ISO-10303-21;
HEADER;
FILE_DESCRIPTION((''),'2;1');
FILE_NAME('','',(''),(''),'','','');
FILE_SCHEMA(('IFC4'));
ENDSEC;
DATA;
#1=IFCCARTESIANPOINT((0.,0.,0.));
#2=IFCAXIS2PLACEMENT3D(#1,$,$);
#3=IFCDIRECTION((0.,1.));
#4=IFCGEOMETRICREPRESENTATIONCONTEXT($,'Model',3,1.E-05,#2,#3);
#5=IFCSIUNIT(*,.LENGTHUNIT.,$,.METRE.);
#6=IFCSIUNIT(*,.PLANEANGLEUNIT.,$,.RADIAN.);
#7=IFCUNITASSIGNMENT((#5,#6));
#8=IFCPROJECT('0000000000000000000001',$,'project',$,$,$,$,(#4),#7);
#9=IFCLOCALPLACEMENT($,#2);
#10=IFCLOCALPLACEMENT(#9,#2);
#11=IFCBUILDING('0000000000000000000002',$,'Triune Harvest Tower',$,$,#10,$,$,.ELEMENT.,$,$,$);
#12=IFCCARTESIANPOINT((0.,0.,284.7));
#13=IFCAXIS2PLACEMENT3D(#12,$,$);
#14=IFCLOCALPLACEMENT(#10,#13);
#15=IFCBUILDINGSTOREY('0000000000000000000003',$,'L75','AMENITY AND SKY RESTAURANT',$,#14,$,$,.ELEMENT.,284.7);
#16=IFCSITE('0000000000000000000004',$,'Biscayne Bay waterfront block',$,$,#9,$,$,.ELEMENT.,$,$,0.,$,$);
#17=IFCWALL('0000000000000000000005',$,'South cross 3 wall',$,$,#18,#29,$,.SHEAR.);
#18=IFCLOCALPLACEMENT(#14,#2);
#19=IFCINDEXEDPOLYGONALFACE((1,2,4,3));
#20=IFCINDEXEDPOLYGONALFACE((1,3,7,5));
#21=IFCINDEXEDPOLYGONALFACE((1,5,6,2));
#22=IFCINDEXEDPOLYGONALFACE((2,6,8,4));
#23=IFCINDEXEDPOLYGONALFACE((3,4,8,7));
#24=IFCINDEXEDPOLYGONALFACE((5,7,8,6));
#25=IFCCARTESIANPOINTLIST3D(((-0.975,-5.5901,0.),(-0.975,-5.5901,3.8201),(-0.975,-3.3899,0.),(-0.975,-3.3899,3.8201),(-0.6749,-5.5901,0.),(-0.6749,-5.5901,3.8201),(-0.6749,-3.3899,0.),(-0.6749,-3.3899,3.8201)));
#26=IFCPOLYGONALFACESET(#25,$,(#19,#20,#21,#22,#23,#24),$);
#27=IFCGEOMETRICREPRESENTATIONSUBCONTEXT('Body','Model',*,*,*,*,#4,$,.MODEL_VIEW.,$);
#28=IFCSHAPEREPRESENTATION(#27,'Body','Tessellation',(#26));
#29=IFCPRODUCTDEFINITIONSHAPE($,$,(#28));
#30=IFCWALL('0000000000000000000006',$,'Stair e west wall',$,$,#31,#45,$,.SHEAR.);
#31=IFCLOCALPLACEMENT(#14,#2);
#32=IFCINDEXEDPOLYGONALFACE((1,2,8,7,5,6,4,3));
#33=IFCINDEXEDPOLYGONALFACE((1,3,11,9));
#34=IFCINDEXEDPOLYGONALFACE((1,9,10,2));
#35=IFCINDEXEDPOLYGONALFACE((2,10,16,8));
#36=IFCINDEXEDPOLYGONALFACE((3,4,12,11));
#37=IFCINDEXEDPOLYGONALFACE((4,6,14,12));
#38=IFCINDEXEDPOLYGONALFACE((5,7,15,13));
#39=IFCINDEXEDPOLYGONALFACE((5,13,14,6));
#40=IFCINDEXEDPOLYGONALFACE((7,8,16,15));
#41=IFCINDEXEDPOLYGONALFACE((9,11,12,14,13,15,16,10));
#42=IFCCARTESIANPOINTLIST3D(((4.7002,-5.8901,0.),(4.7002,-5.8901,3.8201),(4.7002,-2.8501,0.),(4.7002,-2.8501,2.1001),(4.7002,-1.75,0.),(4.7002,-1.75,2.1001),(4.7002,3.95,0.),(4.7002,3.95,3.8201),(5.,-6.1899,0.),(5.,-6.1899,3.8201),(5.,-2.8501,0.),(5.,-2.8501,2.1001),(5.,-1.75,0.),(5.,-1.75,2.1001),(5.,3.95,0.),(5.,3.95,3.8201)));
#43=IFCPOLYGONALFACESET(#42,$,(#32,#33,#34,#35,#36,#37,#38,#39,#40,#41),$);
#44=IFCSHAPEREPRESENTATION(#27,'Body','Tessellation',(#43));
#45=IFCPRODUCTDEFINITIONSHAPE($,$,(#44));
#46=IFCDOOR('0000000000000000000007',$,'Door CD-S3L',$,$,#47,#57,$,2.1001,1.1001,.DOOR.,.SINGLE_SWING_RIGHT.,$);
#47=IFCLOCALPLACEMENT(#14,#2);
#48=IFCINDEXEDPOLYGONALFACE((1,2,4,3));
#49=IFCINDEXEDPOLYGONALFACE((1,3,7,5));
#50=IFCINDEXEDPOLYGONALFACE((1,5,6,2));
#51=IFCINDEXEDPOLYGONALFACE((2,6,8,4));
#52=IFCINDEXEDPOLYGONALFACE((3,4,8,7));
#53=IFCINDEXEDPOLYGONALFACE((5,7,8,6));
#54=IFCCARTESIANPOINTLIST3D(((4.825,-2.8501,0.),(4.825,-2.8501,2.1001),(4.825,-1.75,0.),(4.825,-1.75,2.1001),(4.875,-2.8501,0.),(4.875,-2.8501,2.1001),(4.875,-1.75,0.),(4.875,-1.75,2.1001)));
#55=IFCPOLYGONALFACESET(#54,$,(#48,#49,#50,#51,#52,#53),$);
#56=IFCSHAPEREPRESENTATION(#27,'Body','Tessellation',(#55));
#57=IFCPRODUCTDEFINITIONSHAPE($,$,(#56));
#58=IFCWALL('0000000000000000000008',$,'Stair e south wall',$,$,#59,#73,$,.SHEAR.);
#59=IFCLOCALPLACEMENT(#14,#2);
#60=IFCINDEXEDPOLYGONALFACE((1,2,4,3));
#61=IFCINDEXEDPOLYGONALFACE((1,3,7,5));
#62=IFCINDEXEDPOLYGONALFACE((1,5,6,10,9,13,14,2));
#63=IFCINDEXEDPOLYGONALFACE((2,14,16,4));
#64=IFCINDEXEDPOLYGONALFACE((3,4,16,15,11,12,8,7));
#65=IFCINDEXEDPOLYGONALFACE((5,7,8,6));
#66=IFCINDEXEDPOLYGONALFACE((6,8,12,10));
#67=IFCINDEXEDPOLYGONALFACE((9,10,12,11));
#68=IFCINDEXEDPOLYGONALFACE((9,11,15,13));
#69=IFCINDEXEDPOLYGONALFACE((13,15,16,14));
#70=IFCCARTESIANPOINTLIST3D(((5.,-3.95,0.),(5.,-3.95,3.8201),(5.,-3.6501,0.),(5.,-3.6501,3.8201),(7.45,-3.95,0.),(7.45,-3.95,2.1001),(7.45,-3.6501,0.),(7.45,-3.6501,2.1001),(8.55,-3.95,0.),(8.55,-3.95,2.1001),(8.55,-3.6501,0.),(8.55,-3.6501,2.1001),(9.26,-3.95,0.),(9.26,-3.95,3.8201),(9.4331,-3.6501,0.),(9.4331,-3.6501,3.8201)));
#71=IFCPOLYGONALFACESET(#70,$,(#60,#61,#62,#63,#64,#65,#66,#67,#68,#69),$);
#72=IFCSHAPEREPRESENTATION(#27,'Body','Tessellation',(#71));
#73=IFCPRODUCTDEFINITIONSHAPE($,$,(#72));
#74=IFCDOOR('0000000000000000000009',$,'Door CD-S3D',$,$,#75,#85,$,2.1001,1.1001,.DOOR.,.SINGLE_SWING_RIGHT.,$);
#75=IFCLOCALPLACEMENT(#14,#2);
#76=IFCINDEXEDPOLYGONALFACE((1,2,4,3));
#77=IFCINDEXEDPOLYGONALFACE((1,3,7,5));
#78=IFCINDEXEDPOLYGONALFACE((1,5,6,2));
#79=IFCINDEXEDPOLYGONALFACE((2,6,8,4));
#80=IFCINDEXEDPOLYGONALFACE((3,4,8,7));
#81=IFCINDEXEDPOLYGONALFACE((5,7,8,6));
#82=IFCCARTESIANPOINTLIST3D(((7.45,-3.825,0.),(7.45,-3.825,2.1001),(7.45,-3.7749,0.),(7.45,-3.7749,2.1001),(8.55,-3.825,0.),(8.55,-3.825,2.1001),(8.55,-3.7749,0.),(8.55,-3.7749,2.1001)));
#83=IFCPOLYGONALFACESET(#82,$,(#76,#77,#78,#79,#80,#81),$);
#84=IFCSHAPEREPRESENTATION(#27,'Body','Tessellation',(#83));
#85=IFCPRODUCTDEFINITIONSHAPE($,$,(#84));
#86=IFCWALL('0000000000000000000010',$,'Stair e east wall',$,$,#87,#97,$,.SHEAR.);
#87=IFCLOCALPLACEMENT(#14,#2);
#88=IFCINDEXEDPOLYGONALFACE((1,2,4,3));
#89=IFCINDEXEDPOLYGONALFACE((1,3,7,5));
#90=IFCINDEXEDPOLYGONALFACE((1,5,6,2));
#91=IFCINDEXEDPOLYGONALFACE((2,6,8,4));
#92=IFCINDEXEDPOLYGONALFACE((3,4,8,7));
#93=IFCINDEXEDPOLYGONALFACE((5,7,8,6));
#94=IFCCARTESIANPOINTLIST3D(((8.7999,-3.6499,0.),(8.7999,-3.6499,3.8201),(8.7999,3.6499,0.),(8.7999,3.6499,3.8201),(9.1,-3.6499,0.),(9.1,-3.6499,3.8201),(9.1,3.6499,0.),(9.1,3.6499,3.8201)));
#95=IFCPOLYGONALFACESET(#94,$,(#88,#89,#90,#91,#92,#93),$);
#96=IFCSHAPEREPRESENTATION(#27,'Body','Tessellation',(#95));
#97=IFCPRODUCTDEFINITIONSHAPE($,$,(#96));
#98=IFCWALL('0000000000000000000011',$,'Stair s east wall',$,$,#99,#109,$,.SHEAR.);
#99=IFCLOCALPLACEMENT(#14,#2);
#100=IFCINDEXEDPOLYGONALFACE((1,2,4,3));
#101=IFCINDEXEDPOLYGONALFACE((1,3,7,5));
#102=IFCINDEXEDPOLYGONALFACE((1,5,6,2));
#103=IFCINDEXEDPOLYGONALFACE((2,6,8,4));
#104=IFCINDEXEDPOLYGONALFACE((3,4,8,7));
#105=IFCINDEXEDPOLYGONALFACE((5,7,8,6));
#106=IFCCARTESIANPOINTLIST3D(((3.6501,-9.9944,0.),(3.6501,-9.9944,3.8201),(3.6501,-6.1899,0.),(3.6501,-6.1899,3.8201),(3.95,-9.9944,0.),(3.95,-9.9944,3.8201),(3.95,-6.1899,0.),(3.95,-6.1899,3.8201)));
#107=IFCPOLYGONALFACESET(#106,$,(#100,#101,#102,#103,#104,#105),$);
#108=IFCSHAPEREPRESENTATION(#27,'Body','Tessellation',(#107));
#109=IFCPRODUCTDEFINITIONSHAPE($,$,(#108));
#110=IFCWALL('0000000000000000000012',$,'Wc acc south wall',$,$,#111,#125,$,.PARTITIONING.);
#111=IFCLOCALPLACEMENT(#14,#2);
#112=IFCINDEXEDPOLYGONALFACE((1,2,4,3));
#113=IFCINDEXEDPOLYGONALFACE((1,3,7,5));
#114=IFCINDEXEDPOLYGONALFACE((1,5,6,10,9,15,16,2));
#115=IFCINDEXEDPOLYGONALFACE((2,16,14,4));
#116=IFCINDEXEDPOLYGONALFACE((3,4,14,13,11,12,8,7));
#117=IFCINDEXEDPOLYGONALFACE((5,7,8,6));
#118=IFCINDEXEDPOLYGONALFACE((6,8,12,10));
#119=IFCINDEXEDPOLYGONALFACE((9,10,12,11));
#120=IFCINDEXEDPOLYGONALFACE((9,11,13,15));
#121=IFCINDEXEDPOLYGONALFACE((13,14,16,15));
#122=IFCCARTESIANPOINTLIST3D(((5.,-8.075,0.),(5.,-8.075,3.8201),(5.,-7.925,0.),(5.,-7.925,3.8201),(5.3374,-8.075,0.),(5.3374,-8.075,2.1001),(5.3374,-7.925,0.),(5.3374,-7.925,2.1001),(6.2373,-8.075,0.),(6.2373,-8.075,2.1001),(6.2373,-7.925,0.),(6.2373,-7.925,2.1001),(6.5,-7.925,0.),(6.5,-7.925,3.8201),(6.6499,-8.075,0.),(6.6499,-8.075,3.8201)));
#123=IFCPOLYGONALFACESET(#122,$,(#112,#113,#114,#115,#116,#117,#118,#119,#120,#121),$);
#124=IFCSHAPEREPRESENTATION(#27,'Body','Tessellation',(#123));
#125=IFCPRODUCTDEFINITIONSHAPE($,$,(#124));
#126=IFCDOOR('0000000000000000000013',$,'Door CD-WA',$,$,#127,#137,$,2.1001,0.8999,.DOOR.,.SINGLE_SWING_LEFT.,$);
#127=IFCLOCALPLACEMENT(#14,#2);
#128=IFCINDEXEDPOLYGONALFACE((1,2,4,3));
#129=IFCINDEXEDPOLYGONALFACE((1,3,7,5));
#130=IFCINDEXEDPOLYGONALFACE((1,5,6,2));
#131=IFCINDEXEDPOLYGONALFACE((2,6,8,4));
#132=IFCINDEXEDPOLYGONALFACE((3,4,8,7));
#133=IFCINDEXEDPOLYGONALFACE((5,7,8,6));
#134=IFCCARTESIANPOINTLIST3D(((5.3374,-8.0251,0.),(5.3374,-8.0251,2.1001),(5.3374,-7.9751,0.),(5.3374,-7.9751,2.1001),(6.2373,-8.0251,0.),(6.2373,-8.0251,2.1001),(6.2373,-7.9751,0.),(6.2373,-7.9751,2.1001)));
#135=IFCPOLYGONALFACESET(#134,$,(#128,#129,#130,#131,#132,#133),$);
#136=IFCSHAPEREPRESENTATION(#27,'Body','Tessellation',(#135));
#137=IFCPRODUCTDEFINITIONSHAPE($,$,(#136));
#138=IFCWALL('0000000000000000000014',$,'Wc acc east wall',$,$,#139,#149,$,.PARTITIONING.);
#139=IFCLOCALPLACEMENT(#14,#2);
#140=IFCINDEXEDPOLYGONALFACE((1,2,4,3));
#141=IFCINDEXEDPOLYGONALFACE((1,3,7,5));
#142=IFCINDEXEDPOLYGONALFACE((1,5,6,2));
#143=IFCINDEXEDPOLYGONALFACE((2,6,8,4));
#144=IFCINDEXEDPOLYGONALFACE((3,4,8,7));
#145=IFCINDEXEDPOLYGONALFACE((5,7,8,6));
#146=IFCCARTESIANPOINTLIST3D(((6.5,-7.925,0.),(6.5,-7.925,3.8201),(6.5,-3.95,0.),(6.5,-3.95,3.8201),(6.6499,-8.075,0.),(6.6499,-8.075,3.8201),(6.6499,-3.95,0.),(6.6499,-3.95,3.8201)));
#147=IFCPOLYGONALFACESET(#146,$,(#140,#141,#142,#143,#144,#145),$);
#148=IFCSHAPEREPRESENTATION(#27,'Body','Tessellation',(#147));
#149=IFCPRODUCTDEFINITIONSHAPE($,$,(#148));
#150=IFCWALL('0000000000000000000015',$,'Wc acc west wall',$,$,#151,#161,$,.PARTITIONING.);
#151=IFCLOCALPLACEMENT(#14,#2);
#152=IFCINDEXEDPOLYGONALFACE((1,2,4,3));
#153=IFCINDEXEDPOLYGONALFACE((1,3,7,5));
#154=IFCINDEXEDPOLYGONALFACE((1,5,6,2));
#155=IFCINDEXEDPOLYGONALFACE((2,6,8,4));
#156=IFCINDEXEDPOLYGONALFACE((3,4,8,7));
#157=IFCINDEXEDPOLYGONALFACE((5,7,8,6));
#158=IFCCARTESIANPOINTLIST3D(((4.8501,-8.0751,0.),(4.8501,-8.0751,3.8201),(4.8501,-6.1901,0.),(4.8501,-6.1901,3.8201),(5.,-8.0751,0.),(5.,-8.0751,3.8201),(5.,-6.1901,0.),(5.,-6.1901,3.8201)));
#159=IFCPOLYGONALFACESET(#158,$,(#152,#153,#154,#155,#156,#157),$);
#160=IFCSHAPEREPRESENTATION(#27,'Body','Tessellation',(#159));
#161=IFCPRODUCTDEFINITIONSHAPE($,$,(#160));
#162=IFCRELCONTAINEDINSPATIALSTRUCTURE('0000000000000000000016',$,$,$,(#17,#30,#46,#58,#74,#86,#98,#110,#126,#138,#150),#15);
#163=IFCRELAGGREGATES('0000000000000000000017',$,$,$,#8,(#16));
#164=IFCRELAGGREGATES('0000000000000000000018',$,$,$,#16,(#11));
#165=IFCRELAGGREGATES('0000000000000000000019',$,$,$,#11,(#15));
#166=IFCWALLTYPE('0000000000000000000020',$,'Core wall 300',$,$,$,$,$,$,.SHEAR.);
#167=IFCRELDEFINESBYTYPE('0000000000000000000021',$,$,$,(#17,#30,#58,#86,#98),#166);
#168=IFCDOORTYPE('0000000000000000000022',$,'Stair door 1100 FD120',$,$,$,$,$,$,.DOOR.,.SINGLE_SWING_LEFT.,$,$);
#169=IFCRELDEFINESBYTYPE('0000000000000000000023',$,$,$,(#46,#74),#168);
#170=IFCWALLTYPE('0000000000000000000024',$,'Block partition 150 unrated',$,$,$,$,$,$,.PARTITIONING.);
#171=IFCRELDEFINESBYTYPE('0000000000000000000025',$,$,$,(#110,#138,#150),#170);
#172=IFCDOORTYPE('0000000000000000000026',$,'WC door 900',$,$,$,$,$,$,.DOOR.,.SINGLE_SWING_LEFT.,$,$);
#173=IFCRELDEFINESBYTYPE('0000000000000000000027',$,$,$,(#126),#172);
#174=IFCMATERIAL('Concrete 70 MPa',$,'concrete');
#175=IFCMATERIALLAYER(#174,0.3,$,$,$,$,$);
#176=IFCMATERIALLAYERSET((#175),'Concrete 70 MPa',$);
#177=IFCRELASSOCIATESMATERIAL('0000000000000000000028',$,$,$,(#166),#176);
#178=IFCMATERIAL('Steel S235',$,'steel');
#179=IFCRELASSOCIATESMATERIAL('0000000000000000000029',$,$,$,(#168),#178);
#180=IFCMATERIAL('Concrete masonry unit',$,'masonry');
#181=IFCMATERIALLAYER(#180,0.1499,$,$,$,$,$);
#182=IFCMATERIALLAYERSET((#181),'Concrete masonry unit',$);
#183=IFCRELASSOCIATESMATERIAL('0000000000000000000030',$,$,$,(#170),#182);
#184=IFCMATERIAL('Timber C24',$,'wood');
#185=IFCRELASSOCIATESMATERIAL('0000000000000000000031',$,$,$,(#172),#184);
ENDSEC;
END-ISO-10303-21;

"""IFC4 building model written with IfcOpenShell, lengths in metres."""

from ifc_helpers import new_model, si_unit, direction, frame, frame_2d, origin, place, context, subcontext, project, spatial, polyline, rectangle, outline, extrude, source, transform, mapped, material, layer, layer_set, type_object, element, fill, save


model = new_model("IFC4")

# Units and contexts
model_context = context("Model", 3, precision=1e-05, world=origin(), true_north=direction((0.0, 1.0)))
body_context = subcontext(model_context, "Body", "Model", "MODEL_VIEW")
ifc_project = project(units=[si_unit("LENGTHUNIT", "METRE"), si_unit("PLANEANGLEUNIT", "RADIAN")], contexts=[model_context])

# Site, building, storey
site_placement = place(None, origin())
site = spatial("IfcSite", under=ifc_project, at=site_placement, Name="Biscayne Bay waterfront block", CompositionType="ELEMENT", RefElevation=0.0)
building_placement = place(site_placement, origin())
building = spatial("IfcBuilding", under=site, at=building_placement, Name="Triune Harvest Tower", CompositionType="ELEMENT")
storey_placement = place(building_placement, frame((0.0, 0.0, 284.7)))
storey = spatial("IfcBuildingStorey", under=building, at=storey_placement, Name="L75", Description="AMENITY AND SKY RESTAURANT", CompositionType="ELEMENT", Elevation=284.7)

# Shared definitions
ifc_material_1 = material(Name="Concrete 70 MPa", Category="concrete")
ifc_layer_1 = layer(ifc_material_1, 0.3)
ifc_layer_set_1 = layer_set([ifc_layer_1], Name="Concrete 70 MPa")
wall_type_1 = type_object("IfcWallType", Name="Core wall 300", PredefinedType="SHEAR", material=ifc_layer_set_1)

# Wall
shared_shape_1 = source(origin(), body_context, "Body", "SweptSolid", [
    extrude(rectangle(XDim=2.2002, YDim=0.3, at=frame_2d((1.1001, 0.0))), origin(), (0.0, 0.0, 1.0), 3.8201),
])
for number, where, z_axis, x_axis, name in (
    (1, (-0.825, -5.5901, 0.0), (0.0, 0.0, 1.0), (0.0, 1.0, 0.0), "South cross 3 wall"),
):
    element("IfcWall", number, at=place(storey_placement, frame(where, z_axis=z_axis, x_axis=x_axis)), inside=storey, type_object=wall_type_1, Name=name, PredefinedType="SHEAR", context=body_context, shape_type="MappedRepresentation", body=[
        mapped(shared_shape_1, transform((0.0, 0.0, 0.0), scale=1.0)),
    ])

# Walls, openings, doors
shared_shape_2 = source(origin(), body_context, "Body", "SweptSolid", [
    extrude(outline(polyline([(-0.1499, -0.1499), (9.99, -0.1499), (9.99, 0.1499), (0.1499, 0.1499), (-0.1499, -0.1499)])), origin(), (0.0, 0.0, 1.0), 3.8201),
])
wall_1_placement = place(storey_placement, frame((4.8501, -6.04, 0.0), z_axis=(0.0, 0.0, 1.0), x_axis=(0.0, 1.0, 0.0)))
wall_1 = element("IfcWall", 2, at=wall_1_placement, inside=storey, type_object=wall_type_1, Name="Stair e west wall", PredefinedType="SHEAR", context=body_context, shape_type="MappedRepresentation", body=[
    mapped(shared_shape_2, transform((0.0, 0.0, 0.0), scale=1.0)),
])
opening_1_placement = place(wall_1_placement, frame((3.1899, 0.0, 0.0)))
opening_1 = element("IfcOpeningElement", 3, at=opening_1_placement, cuts=wall_1, PredefinedType="OPENING", context=body_context, shape_type="SweptSolid", body=[
    extrude(rectangle(XDim=1.1001, YDim=2.1001, at=frame_2d((0.55, 1.05))), frame((0.0, 0.1602, 0.0), z_axis=(0.0, -1.0, 0.0), x_axis=(1.0, 0.0, 0.0)), (0.0, 0.0, 1.0), 0.3201),
])
ifc_material_2 = material(Name="Steel S235", Category="steel")
door_type_1 = type_object("IfcDoorType", Name="Stair door 1100 FD120", OperationType="SINGLE_SWING_LEFT", PredefinedType="DOOR", material=ifc_material_2)
door_1_placement = place(opening_1_placement, frame((1.1001, 0.0, 0.0), z_axis=(0.0, 0.0, 1.0), x_axis=(-1.0, 0.0, 0.0)))
door_1 = element("IfcDoor", 4, at=door_1_placement, inside=storey, type_object=door_type_1, Name="Door CD-S3L", OperationType="SINGLE_SWING_RIGHT", OverallHeight=2.1001, OverallWidth=1.1001, PredefinedType="DOOR", context=body_context, shape_type="SweptSolid", body=[
    extrude(rectangle(XDim=1.1001, YDim=2.1001, at=frame_2d((0.55, 1.05))), frame((0.0, 0.0249, 0.0), z_axis=(0.0, -1.0, 0.0), x_axis=(1.0, 0.0, 0.0)), (0.0, 0.0, 1.0), 0.05),
])
fill(opening_1, door_1)
shared_shape_3 = source(origin(), body_context, "Body", "SweptSolid", [
    extrude(outline(polyline([(0.0, -0.1499), (0.0, 0.1499), (4.4331, 0.1499), (4.26, -0.1499), (0.0, -0.1499)])), origin(), (0.0, 0.0, 1.0), 3.8201),
])
wall_2_placement = place(storey_placement, frame((5.0, -3.8, 0.0), z_axis=(0.0, 0.0, 1.0), x_axis=(1.0, 0.0, 0.0)))
wall_2 = element("IfcWall", 5, at=wall_2_placement, inside=storey, type_object=wall_type_1, Name="Stair e south wall", PredefinedType="SHEAR", context=body_context, shape_type="MappedRepresentation", body=[
    mapped(shared_shape_3, transform((0.0, 0.0, 0.0), scale=1.0)),
])
opening_2_placement = place(wall_2_placement, frame((2.45, 0.0, 0.0)))
opening_2 = element("IfcOpeningElement", 6, at=opening_2_placement, cuts=wall_2, PredefinedType="OPENING", context=body_context, shape_type="SweptSolid", body=[
    extrude(rectangle(XDim=1.1001, YDim=2.1001, at=frame_2d((0.55, 1.05))), frame((0.0, 0.1602, 0.0), z_axis=(0.0, -1.0, 0.0), x_axis=(1.0, 0.0, 0.0)), (0.0, 0.0, 1.0), 0.3201),
])
door_2_placement = place(opening_2_placement, frame((1.1001, 0.0, 0.0), z_axis=(0.0, 0.0, 1.0), x_axis=(-1.0, 0.0, 0.0)))
door_2 = element("IfcDoor", 7, at=door_2_placement, inside=storey, type_object=door_type_1, Name="Door CD-S3D", OperationType="SINGLE_SWING_RIGHT", OverallHeight=2.1001, OverallWidth=1.1001, PredefinedType="DOOR", context=body_context, shape_type="SweptSolid", body=[
    extrude(rectangle(XDim=1.1001, YDim=2.1001, at=frame_2d((0.55, 1.05))), frame((0.0, 0.0249, 0.0), z_axis=(0.0, -1.0, 0.0), x_axis=(1.0, 0.0, 0.0)), (0.0, 0.0, 1.0), 0.05),
])
fill(opening_2, door_2)

# Walls
shared_shape_4 = source(origin(), body_context, "Body", "SweptSolid", [
    extrude(rectangle(XDim=7.2998, YDim=0.3, at=frame_2d((3.6499, 0.0))), origin(), (0.0, 0.0, 1.0), 3.8201),
])
wall_3_placement = place(storey_placement, frame((8.95, -3.6499, 0.0), z_axis=(0.0, 0.0, 1.0), x_axis=(0.0, 1.0, 0.0)))
element("IfcWall", 8, at=wall_3_placement, inside=storey, type_object=wall_type_1, Name="Stair e east wall", PredefinedType="SHEAR", context=body_context, shape_type="MappedRepresentation", body=[
    mapped(shared_shape_4, transform((0.0, 0.0, 0.0), scale=1.0)),
])
shared_shape_5 = source(origin(), body_context, "Body", "SweptSolid", [
    extrude(outline(polyline([(3.8, -0.1499), (-0.0044, -0.1499), (-0.0044, 0.1499), (3.8, 0.1499), (3.8, -0.1499)])), origin(), (0.0, 0.0, 1.0), 3.8201),
])
wall_4_placement = place(storey_placement, frame((3.8, -9.99, 0.0), z_axis=(0.0, 0.0, 1.0), x_axis=(0.0, 1.0, 0.0)))
element("IfcWall", 9, at=wall_4_placement, inside=storey, type_object=wall_type_1, Name="Stair s east wall", PredefinedType="SHEAR", context=body_context, shape_type="MappedRepresentation", body=[
    mapped(shared_shape_5, transform((0.0, 0.0, 0.0), scale=1.0)),
])

# Wall, opening, door
ifc_material_3 = material(Name="Concrete masonry unit", Category="masonry")
ifc_layer_2 = layer(ifc_material_3, 0.1499)
ifc_layer_set_2 = layer_set([ifc_layer_2], Name="Concrete masonry unit")
wall_type_2 = type_object("IfcWallType", Name="Block partition 150 unrated", PredefinedType="PARTITIONING", material=ifc_layer_set_2)
shared_shape_6 = source(origin(), body_context, "Body", "SweptSolid", [
    extrude(outline(polyline([(0.0, -0.075), (1.6499, -0.075), (1.5, 0.075), (0.0, 0.075), (0.0, -0.075)])), origin(), (0.0, 0.0, 1.0), 3.8201),
])
wall_5_placement = place(storey_placement, frame((5.0, -8.0, 0.0), z_axis=(0.0, 0.0, 1.0), x_axis=(1.0, 0.0, 0.0)))
wall_5 = element("IfcWall", 10, at=wall_5_placement, inside=storey, type_object=wall_type_2, Name="Wc acc south wall", PredefinedType="PARTITIONING", context=body_context, shape_type="MappedRepresentation", body=[
    mapped(shared_shape_6, transform((0.0, 0.0, 0.0), scale=1.0)),
])
opening_3_placement = place(wall_5_placement, frame((0.3374, 0.0, 0.0)))
opening_3 = element("IfcOpeningElement", 11, at=opening_3_placement, cuts=wall_5, PredefinedType="OPENING", context=body_context, shape_type="SweptSolid", body=[
    extrude(rectangle(XDim=0.8999, YDim=2.1001, at=frame_2d((0.45, 1.05))), frame((0.0, 0.085, 0.0), z_axis=(0.0, -1.0, 0.0), x_axis=(1.0, 0.0, 0.0)), (0.0, 0.0, 1.0), 0.1699),
])
ifc_material_4 = material(Name="Timber C24", Category="wood")
door_type_2 = type_object("IfcDoorType", Name="WC door 900", OperationType="SINGLE_SWING_LEFT", PredefinedType="DOOR", material=ifc_material_4)
door_3_placement = place(opening_3_placement, origin())
door_3 = element("IfcDoor", 12, at=door_3_placement, inside=storey, type_object=door_type_2, Name="Door CD-WA", OperationType="SINGLE_SWING_LEFT", OverallHeight=2.1001, OverallWidth=0.8999, PredefinedType="DOOR", context=body_context, shape_type="SweptSolid", body=[
    extrude(rectangle(XDim=0.8999, YDim=2.1001, at=frame_2d((0.45, 1.05))), frame((0.0, 0.0249, 0.0), z_axis=(0.0, -1.0, 0.0), x_axis=(1.0, 0.0, 0.0)), (0.0, 0.0, 1.0), 0.05),
])
fill(opening_3, door_3)

# Walls
shared_shape_7 = source(origin(), body_context, "Body", "SweptSolid", [
    extrude(outline(polyline([(-0.075, -0.075), (4.05, -0.075), (4.05, 0.075), (0.075, 0.075), (-0.075, -0.075)])), origin(), (0.0, 0.0, 1.0), 3.8201),
])
wall_6_placement = place(storey_placement, frame((6.575, -8.0, 0.0), z_axis=(0.0, 0.0, 1.0), x_axis=(0.0, 1.0, 0.0)))
element("IfcWall", 13, at=wall_6_placement, inside=storey, type_object=wall_type_2, Name="Wc acc east wall", PredefinedType="PARTITIONING", context=body_context, shape_type="MappedRepresentation", body=[
    mapped(shared_shape_7, transform((0.0, 0.0, 0.0), scale=1.0)),
])
shared_shape_8 = source(origin(), body_context, "Body", "SweptSolid", [
    extrude(rectangle(XDim=1.885, YDim=0.1499, at=frame_2d((0.9424, 0.0))), origin(), (0.0, 0.0, 1.0), 3.8201),
])
wall_7_placement = place(storey_placement, frame((4.925, -8.075, 0.0), z_axis=(0.0, 0.0, 1.0), x_axis=(0.0, 1.0, 0.0)))
element("IfcWall", 14, at=wall_7_placement, inside=storey, type_object=wall_type_2, Name="Wc acc west wall", PredefinedType="PARTITIONING", context=body_context, shape_type="MappedRepresentation", body=[
    mapped(shared_shape_8, transform((0.0, 0.0, 0.0), scale=1.0)),
])

save(model, "model.ifc")
